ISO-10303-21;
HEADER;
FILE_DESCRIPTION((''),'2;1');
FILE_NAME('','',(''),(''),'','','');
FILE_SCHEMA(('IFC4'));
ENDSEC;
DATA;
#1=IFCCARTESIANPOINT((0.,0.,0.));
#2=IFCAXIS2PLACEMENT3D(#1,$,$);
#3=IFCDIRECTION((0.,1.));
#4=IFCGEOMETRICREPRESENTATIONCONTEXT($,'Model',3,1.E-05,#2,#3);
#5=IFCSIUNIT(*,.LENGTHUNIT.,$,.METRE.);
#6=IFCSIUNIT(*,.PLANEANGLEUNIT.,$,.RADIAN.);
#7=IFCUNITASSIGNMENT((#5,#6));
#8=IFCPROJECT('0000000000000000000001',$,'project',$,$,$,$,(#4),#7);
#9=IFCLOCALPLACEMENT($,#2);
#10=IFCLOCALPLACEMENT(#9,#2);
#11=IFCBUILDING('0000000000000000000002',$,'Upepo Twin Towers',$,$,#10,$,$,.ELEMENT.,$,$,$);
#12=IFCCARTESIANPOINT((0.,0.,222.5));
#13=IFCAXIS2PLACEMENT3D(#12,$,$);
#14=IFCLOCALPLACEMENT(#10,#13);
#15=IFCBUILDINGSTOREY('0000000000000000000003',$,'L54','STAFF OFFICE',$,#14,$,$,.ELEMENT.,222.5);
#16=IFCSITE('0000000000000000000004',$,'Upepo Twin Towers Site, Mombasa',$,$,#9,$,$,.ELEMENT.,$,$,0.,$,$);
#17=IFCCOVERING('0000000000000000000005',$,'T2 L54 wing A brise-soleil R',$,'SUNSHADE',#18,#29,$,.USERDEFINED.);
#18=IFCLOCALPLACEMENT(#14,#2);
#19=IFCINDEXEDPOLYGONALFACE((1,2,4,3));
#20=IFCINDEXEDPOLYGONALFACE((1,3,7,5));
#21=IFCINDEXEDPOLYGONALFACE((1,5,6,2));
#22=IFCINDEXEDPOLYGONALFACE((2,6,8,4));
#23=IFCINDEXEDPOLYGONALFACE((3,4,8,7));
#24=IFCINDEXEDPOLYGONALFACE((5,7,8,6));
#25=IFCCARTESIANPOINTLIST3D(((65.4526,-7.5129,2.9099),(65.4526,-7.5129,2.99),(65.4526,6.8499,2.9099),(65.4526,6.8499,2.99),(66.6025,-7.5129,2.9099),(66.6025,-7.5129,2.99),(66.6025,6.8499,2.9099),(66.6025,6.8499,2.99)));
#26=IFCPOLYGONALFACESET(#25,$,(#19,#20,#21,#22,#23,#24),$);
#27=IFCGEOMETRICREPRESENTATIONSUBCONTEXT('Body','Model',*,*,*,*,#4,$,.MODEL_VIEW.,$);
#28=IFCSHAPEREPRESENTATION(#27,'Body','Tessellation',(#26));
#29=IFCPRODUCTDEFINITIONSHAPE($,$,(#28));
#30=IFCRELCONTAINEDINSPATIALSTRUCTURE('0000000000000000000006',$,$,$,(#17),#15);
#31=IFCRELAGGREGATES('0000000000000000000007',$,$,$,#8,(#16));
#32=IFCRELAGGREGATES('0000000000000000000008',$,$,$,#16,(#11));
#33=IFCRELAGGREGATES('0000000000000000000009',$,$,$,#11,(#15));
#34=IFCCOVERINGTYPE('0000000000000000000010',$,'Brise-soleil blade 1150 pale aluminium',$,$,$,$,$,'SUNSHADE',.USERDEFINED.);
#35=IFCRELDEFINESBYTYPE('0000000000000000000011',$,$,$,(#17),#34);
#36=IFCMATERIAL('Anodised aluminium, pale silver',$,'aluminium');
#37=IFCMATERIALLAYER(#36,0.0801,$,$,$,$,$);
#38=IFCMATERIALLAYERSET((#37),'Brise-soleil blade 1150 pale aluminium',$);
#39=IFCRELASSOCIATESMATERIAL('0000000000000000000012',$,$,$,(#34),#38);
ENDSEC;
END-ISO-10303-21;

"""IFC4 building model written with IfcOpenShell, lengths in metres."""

from ifc_helpers import new_model, si_unit, direction, frame, origin, origin_2d, place, context, subcontext, project, spatial, rectangle, extrude, material, layer, layer_set, type_object, element, save


model = new_model("IFC4")

# Units and contexts
model_context = context("Model", 3, precision=1e-05, world=origin(), true_north=direction((0.0, 1.0)))
body_context = subcontext(model_context, "Body", "Model", "MODEL_VIEW")
ifc_project = project(units=[si_unit("LENGTHUNIT", "METRE"), si_unit("PLANEANGLEUNIT", "RADIAN")], contexts=[model_context])

# Site, building, storey
site_placement = place(None, origin())
site = spatial("IfcSite", under=ifc_project, at=site_placement, Name="Upepo Twin Towers Site, Mombasa", CompositionType="ELEMENT", RefElevation=0.0)
building_placement = place(site_placement, origin())
building = spatial("IfcBuilding", under=site, at=building_placement, Name="Upepo Twin Towers", CompositionType="ELEMENT")
storey_placement = place(building_placement, frame((0.0, 0.0, 222.5)))
storey = spatial("IfcBuildingStorey", under=building, at=storey_placement, Name="L54", Description="STAFF OFFICE", CompositionType="ELEMENT", Elevation=222.5)

# Covering
ifc_material_1 = material(Name="Anodised aluminium, pale silver", Category="aluminium")
ifc_layer_1 = layer(ifc_material_1, 0.0801)
ifc_layer_set_1 = layer_set([ifc_layer_1], Name="Brise-soleil blade 1150 pale aluminium")
covering_type = type_object("IfcCoveringType", Name="Brise-soleil blade 1150 pale aluminium", ElementType="SUNSHADE", PredefinedType="USERDEFINED", material=ifc_layer_set_1)
covering_placement = place(storey_placement, frame((66.0276, -0.3315, 2.9099), z_axis=(0.0, 0.0, 1.0), x_axis=(0.0, 1.0, 0.0)))
element("IfcCovering", 1, at=covering_placement, inside=storey, type_object=covering_type, Name="T2 L54 wing A brise-soleil R", ObjectType="SUNSHADE", PredefinedType="USERDEFINED", context=body_context, shape_type="SweptSolid", body=[
    extrude(rectangle(XDim=14.3628, YDim=1.1499, at=origin_2d()), origin(), (0.0, 0.0, 1.0), 0.0801),
])

save(model, "model.ifc")
